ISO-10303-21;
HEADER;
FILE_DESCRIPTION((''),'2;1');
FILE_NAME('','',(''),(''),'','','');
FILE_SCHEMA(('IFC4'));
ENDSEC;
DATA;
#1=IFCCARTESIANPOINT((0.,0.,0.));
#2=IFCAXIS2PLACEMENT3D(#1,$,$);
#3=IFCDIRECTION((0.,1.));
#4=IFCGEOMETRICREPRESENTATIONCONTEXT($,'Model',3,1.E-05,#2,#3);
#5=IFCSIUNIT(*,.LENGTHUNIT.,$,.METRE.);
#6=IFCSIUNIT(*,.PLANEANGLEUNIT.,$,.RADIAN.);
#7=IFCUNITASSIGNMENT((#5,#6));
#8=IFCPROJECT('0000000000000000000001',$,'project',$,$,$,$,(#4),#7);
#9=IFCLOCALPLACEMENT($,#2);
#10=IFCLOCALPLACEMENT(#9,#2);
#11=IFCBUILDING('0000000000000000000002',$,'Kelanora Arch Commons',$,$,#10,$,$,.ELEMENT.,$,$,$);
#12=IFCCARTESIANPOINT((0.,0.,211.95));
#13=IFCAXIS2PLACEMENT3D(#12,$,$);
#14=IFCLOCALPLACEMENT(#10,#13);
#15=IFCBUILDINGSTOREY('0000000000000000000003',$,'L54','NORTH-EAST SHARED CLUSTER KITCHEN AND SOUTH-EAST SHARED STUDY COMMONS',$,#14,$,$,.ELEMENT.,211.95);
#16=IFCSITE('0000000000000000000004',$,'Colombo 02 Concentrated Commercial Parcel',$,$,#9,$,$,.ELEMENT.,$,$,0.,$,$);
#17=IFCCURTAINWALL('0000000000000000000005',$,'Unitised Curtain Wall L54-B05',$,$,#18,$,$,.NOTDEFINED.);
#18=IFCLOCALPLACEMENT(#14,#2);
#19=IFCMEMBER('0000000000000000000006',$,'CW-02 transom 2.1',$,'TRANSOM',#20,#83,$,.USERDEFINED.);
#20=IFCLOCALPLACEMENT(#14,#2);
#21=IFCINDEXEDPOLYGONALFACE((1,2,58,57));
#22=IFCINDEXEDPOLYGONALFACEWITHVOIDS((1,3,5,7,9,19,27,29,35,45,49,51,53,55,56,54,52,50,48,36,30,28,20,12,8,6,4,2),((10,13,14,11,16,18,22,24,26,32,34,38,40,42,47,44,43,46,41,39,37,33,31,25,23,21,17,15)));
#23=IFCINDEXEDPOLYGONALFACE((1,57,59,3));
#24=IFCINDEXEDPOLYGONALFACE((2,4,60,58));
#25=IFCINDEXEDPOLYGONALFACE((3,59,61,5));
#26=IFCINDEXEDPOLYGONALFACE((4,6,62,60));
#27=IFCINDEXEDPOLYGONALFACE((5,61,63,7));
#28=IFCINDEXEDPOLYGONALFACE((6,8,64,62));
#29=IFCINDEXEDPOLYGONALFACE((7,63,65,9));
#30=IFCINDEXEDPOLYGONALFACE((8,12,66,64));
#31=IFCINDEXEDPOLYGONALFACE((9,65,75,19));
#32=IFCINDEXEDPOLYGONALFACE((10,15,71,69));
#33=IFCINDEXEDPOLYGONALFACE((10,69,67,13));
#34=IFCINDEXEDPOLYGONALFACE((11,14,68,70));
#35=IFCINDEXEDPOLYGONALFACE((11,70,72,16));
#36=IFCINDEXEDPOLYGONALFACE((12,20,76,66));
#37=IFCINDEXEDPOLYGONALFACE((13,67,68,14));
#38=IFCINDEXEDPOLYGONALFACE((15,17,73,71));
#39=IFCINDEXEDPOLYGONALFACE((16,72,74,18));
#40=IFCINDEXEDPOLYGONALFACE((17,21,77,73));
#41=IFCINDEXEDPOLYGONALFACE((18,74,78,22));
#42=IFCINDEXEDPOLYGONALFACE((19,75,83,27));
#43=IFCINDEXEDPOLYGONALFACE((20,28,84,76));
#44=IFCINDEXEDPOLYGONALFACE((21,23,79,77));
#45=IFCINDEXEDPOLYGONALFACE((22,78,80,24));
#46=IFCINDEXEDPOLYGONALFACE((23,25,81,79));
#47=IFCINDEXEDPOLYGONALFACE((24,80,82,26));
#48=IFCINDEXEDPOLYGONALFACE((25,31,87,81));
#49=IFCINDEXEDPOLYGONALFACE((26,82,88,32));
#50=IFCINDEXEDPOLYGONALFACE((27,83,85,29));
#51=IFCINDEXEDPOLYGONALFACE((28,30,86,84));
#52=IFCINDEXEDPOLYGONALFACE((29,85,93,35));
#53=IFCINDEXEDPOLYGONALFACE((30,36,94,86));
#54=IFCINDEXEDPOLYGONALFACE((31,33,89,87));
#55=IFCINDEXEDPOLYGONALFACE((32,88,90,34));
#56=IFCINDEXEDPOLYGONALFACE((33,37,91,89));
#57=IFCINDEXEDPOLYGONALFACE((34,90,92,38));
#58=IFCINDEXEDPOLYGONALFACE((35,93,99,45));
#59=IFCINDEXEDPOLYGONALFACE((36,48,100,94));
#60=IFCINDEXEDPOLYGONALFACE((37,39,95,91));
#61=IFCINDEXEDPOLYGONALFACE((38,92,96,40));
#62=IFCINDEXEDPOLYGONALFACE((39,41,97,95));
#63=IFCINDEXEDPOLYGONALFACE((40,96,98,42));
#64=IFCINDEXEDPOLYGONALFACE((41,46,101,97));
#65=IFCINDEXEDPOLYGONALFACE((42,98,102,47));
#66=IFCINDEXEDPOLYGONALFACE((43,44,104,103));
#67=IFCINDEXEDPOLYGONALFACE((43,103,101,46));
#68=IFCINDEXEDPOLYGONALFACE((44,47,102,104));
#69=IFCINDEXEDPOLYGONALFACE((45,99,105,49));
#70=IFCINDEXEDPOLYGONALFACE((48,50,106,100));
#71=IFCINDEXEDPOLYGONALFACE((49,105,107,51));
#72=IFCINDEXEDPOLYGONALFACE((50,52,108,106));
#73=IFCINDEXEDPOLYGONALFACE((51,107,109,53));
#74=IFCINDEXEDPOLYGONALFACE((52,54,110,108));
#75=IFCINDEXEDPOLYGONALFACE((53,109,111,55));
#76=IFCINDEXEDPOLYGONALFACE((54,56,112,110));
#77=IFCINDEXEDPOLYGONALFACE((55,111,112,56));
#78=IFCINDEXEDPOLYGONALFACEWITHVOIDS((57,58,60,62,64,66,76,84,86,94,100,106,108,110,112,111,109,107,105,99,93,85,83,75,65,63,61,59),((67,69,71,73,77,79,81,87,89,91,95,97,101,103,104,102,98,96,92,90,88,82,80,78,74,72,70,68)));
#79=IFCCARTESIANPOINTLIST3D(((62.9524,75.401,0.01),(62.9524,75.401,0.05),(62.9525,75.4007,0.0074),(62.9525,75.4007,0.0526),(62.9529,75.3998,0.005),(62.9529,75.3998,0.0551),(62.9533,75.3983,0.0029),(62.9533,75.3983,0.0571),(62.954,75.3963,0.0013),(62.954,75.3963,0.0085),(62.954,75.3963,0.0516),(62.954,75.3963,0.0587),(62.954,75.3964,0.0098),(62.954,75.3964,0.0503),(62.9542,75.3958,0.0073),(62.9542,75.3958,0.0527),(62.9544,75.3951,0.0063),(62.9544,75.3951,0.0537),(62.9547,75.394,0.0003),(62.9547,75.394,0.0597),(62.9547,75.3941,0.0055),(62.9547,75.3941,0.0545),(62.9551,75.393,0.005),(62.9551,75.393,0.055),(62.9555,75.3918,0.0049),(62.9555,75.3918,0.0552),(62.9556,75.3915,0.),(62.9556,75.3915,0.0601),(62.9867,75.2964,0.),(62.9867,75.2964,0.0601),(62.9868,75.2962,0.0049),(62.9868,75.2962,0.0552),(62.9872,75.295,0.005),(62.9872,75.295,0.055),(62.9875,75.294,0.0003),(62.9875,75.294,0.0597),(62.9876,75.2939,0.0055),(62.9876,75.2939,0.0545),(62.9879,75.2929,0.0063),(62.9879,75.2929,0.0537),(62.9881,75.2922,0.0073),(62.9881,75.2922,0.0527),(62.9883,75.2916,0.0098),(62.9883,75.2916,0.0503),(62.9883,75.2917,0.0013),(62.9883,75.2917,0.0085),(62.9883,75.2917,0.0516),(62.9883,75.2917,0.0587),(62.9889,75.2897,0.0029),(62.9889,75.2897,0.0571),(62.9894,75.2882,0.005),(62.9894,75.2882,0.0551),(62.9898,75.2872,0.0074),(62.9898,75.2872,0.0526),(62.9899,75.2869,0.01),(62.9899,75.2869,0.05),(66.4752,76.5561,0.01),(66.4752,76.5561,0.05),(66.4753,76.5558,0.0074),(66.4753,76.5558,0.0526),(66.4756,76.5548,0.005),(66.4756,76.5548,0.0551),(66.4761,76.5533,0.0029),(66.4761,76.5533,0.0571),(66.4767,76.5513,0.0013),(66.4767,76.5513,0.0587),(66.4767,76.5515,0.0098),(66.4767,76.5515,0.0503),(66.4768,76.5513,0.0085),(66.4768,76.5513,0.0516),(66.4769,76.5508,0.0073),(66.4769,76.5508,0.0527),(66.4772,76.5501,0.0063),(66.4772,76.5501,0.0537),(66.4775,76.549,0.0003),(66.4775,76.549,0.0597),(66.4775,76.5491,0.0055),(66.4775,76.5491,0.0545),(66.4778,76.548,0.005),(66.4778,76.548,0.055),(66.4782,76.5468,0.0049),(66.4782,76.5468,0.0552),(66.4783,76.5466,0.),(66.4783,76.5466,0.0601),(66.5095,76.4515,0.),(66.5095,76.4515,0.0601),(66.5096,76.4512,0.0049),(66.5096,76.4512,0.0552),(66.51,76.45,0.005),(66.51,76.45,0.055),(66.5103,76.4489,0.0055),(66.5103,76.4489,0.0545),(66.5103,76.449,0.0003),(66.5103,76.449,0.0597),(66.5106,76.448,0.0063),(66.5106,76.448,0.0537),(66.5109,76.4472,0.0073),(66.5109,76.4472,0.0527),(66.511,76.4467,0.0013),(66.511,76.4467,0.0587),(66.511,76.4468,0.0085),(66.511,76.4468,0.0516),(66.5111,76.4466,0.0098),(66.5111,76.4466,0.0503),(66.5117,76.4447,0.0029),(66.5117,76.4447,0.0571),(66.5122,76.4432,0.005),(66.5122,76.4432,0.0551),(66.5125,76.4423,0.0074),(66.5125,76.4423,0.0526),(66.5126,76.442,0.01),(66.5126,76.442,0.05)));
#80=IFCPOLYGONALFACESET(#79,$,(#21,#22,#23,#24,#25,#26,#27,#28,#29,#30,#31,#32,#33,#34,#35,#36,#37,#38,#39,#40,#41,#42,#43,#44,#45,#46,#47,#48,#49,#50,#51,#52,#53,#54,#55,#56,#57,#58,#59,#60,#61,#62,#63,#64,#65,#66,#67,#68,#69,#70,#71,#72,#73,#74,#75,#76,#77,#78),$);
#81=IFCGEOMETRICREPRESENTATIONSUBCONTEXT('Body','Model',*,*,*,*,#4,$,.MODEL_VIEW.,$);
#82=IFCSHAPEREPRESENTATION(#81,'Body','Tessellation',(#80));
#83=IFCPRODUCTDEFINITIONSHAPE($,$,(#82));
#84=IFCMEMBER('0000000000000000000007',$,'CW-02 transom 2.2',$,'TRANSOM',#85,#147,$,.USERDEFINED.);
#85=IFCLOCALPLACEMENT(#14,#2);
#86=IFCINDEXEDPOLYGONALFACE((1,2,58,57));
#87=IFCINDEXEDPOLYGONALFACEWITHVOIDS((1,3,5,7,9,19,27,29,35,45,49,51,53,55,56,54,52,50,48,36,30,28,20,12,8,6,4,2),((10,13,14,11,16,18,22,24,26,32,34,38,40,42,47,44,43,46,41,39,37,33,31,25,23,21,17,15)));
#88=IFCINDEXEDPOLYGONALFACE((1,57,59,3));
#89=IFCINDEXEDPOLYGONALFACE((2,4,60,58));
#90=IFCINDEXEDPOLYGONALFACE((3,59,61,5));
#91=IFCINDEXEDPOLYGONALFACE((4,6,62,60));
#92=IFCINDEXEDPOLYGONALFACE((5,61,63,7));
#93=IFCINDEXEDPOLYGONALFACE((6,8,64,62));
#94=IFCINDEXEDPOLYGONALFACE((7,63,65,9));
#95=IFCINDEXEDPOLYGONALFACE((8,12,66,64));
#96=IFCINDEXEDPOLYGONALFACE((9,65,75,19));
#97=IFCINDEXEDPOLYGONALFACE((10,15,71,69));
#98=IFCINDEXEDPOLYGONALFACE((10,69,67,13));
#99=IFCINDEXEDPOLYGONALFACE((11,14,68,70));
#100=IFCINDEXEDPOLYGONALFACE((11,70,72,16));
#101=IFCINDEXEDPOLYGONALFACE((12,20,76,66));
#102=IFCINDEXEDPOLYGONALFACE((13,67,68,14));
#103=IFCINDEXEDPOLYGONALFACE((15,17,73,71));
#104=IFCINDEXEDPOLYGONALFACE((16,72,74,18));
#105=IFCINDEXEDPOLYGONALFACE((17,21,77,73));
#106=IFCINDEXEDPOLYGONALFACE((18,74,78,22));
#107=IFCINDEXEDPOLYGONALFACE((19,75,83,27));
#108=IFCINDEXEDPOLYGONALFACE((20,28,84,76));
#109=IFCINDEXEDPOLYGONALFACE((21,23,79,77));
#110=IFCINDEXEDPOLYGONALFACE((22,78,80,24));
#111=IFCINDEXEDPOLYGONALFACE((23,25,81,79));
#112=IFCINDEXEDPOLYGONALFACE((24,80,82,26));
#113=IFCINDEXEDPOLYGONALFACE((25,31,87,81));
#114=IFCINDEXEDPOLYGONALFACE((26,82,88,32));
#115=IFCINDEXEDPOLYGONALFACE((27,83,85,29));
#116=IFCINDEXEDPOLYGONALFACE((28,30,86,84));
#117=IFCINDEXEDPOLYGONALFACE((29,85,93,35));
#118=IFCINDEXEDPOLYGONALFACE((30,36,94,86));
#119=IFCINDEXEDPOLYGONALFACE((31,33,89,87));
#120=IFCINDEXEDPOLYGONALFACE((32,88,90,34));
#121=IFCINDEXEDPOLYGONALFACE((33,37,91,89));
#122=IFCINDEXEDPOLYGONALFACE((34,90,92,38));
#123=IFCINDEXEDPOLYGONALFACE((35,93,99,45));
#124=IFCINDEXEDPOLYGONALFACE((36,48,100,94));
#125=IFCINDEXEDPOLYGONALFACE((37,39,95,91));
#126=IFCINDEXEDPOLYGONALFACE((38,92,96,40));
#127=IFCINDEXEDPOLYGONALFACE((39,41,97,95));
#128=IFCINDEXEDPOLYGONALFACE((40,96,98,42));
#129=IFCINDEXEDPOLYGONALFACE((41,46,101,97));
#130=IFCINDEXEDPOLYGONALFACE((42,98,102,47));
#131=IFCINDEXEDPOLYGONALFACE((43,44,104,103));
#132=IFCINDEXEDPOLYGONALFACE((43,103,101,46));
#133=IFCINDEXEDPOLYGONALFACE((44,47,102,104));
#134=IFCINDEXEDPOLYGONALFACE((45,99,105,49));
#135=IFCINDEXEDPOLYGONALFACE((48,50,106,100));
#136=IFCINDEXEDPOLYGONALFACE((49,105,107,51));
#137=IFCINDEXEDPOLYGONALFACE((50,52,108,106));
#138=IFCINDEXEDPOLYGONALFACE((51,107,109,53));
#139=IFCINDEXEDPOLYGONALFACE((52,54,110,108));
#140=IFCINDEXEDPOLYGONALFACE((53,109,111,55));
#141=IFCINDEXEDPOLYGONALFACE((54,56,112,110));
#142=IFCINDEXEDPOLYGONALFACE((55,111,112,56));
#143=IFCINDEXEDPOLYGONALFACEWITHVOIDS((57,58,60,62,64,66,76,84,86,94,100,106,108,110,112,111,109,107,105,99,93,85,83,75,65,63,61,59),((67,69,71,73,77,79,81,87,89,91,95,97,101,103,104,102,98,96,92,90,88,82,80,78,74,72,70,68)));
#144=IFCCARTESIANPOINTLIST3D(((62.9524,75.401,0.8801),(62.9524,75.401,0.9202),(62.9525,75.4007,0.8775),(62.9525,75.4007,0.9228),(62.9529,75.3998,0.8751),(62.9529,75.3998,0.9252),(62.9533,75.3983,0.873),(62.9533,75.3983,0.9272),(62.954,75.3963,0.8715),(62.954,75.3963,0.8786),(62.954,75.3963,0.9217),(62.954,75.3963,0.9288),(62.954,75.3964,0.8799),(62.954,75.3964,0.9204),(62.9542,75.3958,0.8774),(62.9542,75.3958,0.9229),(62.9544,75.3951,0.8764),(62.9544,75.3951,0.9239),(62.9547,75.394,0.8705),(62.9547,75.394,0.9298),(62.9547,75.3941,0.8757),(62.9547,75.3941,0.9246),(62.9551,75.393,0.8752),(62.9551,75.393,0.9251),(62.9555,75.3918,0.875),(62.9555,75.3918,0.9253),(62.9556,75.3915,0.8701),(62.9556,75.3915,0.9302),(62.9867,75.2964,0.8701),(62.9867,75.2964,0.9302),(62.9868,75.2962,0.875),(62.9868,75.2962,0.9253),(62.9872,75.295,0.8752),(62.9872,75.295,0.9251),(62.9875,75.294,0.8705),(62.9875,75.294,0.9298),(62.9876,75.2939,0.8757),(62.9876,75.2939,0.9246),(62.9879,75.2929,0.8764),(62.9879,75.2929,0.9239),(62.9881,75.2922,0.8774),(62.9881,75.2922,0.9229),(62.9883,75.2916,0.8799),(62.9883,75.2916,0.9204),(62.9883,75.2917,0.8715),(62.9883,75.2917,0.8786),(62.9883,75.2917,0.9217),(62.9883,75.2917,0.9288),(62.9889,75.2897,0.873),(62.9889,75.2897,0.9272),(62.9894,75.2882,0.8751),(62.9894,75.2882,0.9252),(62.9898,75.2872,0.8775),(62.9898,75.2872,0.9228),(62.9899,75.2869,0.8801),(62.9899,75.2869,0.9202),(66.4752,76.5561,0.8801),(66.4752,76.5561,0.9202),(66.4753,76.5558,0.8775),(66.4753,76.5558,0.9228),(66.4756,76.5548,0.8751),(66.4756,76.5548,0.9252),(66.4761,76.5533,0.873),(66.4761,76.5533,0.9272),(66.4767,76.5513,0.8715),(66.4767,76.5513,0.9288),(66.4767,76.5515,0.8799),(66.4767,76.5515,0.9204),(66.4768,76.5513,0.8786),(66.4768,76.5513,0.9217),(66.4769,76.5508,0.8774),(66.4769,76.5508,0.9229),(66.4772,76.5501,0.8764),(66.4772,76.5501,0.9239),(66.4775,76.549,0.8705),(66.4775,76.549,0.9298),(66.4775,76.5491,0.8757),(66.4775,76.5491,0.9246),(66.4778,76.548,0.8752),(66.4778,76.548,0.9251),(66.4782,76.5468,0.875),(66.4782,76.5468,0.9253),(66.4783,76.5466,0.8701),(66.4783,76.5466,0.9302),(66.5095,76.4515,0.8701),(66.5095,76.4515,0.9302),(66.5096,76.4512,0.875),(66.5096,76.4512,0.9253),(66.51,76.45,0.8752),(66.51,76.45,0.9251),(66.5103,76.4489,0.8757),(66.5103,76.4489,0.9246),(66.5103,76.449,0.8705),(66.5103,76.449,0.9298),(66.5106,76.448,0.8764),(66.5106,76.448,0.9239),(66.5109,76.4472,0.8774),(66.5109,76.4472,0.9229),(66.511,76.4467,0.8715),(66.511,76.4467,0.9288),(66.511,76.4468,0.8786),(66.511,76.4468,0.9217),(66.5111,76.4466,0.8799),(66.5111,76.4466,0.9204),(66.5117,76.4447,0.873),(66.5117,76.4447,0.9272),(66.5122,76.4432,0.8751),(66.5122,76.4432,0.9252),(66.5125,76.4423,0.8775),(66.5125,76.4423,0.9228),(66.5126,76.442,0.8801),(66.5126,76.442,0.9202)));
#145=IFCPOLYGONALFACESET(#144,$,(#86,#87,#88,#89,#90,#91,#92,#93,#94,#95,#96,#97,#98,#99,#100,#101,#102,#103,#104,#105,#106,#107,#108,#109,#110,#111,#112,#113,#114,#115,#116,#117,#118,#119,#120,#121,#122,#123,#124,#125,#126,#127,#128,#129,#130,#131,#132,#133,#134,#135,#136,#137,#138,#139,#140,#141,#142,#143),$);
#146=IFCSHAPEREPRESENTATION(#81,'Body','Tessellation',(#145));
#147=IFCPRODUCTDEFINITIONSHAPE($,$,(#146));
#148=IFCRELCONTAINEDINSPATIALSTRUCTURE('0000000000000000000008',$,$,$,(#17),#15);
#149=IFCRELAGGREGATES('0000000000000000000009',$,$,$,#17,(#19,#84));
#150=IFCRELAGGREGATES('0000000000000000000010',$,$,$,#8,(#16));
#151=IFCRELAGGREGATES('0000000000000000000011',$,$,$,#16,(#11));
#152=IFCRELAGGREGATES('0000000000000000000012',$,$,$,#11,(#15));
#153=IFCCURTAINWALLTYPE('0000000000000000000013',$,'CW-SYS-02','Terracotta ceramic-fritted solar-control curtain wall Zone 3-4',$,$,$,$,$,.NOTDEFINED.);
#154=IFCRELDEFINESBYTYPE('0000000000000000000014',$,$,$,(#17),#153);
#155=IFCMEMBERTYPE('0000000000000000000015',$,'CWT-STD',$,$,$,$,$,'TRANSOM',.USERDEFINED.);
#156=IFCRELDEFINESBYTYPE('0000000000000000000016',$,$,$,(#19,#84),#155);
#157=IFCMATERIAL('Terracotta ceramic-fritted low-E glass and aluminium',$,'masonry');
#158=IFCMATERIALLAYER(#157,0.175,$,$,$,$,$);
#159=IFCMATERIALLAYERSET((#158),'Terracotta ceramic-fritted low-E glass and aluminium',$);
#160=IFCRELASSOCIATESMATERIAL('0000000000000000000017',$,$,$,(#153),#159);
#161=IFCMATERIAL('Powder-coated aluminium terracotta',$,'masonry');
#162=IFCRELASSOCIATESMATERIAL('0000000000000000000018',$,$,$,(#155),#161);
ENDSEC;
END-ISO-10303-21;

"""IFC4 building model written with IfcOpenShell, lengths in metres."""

from ifc_helpers import new_model, si_unit, direction, frame, origin, origin_2d, place, context, subcontext, project, spatial, hollow_rectangle, extrude, material, layer, layer_set, material_profile, profile_set, type_object, element, aggregate, save


model = new_model("IFC4")

# Units and contexts
model_context = context("Model", 3, precision=1e-05, world=origin(), true_north=direction((0.0, 1.0)))
body_context = subcontext(model_context, "Body", "Model", "MODEL_VIEW")
ifc_project = project(units=[si_unit("LENGTHUNIT", "METRE"), si_unit("PLANEANGLEUNIT", "RADIAN")], contexts=[model_context])

# Site, building, storey
site_placement = place(None, origin())
site = spatial("IfcSite", under=ifc_project, at=site_placement, Name="Colombo 02 Concentrated Commercial Parcel", CompositionType="ELEMENT", RefElevation=0.0)
building_placement = place(site_placement, origin())
building = spatial("IfcBuilding", under=site, at=building_placement, Name="Kelanora Arch Commons", CompositionType="ELEMENT")
storey_placement = place(building_placement, frame((0.0, 0.0, 211.95)))
storey = spatial("IfcBuildingStorey", under=building, at=storey_placement, Name="L54", Description="NORTH-EAST SHARED CLUSTER KITCHEN AND SOUTH-EAST SHARED STUDY COMMONS", CompositionType="ELEMENT", Elevation=211.95)

# Curtain wall, members
ifc_material_1 = material(Name="Terracotta ceramic-fritted low-E glass and aluminium", Category="masonry")
ifc_layer_1 = layer(ifc_material_1, 0.175)
ifc_layer_set_1 = layer_set([ifc_layer_1], Name="Terracotta ceramic-fritted low-E glass and aluminium")
curtain_wall_type = type_object("IfcCurtainWallType", Name="CW-SYS-02", Description="Terracotta ceramic-fritted solar-control curtain wall Zone 3-4", PredefinedType="NOTDEFINED", material=ifc_layer_set_1)
curtain_wall_placement = place(storey_placement, origin())
curtain_wall = element("IfcCurtainWall", 1, at=curtain_wall_placement, inside=storey, type_object=curtain_wall_type, Name="Unitised Curtain Wall L54-B05", PredefinedType="NOTDEFINED")
ifc_material_2 = material(Name="Powder-coated aluminium terracotta", Category="masonry")
ifc_material_profile_1 = material_profile(ifc_material_2, hollow_rectangle(XDim=0.1201, YDim=0.0601, WallThickness=0.0049, InnerFilletRadius=0.0049, OuterFilletRadius=0.01, at=origin_2d()), Name="CWT120x60")
ifc_profile_set_1 = profile_set([ifc_material_profile_1], Name="Powder-coated aluminium terracotta")
member_type_1 = type_object("IfcMemberType", Name="CWT-STD", ElementType="TRANSOM", PredefinedType="USERDEFINED", material=ifc_profile_set_1)
member_1_placement = place(storey_placement, frame((66.4939, 76.499, 0.03), z_axis=(-0.950226, -0.311561, 0.0), x_axis=(0.311561, -0.950226, 0.0)))
member_1 = element("IfcMember", 2, at=member_1_placement, type_object=member_type_1, Name="CW-02 transom 2.1", ObjectType="TRANSOM", PredefinedType="USERDEFINED", context=body_context, shape_type="SweptSolid", body=[
    extrude(hollow_rectangle(XDim=0.1201, YDim=0.0601, WallThickness=0.0049, InnerFilletRadius=0.0049, OuterFilletRadius=0.01, at=origin_2d()), origin(), (0.0, 0.0, 1.0), 3.7073),
])
member_2_placement = place(storey_placement, frame((66.4939, 76.499, 0.9001), z_axis=(-0.950226, -0.311561, 0.0), x_axis=(0.311561, -0.950226, 0.0)))
member_2 = element("IfcMember", 3, at=member_2_placement, type_object=member_type_1, Name="CW-02 transom 2.2", ObjectType="TRANSOM", PredefinedType="USERDEFINED", context=body_context, shape_type="SweptSolid", body=[
    extrude(hollow_rectangle(XDim=0.1201, YDim=0.0601, WallThickness=0.0049, InnerFilletRadius=0.0049, OuterFilletRadius=0.01, at=origin_2d()), origin(), (0.0, 0.0, 1.0), 3.7073),
])
aggregate(curtain_wall, [member_1, member_2])

save(model, "model.ifc")
